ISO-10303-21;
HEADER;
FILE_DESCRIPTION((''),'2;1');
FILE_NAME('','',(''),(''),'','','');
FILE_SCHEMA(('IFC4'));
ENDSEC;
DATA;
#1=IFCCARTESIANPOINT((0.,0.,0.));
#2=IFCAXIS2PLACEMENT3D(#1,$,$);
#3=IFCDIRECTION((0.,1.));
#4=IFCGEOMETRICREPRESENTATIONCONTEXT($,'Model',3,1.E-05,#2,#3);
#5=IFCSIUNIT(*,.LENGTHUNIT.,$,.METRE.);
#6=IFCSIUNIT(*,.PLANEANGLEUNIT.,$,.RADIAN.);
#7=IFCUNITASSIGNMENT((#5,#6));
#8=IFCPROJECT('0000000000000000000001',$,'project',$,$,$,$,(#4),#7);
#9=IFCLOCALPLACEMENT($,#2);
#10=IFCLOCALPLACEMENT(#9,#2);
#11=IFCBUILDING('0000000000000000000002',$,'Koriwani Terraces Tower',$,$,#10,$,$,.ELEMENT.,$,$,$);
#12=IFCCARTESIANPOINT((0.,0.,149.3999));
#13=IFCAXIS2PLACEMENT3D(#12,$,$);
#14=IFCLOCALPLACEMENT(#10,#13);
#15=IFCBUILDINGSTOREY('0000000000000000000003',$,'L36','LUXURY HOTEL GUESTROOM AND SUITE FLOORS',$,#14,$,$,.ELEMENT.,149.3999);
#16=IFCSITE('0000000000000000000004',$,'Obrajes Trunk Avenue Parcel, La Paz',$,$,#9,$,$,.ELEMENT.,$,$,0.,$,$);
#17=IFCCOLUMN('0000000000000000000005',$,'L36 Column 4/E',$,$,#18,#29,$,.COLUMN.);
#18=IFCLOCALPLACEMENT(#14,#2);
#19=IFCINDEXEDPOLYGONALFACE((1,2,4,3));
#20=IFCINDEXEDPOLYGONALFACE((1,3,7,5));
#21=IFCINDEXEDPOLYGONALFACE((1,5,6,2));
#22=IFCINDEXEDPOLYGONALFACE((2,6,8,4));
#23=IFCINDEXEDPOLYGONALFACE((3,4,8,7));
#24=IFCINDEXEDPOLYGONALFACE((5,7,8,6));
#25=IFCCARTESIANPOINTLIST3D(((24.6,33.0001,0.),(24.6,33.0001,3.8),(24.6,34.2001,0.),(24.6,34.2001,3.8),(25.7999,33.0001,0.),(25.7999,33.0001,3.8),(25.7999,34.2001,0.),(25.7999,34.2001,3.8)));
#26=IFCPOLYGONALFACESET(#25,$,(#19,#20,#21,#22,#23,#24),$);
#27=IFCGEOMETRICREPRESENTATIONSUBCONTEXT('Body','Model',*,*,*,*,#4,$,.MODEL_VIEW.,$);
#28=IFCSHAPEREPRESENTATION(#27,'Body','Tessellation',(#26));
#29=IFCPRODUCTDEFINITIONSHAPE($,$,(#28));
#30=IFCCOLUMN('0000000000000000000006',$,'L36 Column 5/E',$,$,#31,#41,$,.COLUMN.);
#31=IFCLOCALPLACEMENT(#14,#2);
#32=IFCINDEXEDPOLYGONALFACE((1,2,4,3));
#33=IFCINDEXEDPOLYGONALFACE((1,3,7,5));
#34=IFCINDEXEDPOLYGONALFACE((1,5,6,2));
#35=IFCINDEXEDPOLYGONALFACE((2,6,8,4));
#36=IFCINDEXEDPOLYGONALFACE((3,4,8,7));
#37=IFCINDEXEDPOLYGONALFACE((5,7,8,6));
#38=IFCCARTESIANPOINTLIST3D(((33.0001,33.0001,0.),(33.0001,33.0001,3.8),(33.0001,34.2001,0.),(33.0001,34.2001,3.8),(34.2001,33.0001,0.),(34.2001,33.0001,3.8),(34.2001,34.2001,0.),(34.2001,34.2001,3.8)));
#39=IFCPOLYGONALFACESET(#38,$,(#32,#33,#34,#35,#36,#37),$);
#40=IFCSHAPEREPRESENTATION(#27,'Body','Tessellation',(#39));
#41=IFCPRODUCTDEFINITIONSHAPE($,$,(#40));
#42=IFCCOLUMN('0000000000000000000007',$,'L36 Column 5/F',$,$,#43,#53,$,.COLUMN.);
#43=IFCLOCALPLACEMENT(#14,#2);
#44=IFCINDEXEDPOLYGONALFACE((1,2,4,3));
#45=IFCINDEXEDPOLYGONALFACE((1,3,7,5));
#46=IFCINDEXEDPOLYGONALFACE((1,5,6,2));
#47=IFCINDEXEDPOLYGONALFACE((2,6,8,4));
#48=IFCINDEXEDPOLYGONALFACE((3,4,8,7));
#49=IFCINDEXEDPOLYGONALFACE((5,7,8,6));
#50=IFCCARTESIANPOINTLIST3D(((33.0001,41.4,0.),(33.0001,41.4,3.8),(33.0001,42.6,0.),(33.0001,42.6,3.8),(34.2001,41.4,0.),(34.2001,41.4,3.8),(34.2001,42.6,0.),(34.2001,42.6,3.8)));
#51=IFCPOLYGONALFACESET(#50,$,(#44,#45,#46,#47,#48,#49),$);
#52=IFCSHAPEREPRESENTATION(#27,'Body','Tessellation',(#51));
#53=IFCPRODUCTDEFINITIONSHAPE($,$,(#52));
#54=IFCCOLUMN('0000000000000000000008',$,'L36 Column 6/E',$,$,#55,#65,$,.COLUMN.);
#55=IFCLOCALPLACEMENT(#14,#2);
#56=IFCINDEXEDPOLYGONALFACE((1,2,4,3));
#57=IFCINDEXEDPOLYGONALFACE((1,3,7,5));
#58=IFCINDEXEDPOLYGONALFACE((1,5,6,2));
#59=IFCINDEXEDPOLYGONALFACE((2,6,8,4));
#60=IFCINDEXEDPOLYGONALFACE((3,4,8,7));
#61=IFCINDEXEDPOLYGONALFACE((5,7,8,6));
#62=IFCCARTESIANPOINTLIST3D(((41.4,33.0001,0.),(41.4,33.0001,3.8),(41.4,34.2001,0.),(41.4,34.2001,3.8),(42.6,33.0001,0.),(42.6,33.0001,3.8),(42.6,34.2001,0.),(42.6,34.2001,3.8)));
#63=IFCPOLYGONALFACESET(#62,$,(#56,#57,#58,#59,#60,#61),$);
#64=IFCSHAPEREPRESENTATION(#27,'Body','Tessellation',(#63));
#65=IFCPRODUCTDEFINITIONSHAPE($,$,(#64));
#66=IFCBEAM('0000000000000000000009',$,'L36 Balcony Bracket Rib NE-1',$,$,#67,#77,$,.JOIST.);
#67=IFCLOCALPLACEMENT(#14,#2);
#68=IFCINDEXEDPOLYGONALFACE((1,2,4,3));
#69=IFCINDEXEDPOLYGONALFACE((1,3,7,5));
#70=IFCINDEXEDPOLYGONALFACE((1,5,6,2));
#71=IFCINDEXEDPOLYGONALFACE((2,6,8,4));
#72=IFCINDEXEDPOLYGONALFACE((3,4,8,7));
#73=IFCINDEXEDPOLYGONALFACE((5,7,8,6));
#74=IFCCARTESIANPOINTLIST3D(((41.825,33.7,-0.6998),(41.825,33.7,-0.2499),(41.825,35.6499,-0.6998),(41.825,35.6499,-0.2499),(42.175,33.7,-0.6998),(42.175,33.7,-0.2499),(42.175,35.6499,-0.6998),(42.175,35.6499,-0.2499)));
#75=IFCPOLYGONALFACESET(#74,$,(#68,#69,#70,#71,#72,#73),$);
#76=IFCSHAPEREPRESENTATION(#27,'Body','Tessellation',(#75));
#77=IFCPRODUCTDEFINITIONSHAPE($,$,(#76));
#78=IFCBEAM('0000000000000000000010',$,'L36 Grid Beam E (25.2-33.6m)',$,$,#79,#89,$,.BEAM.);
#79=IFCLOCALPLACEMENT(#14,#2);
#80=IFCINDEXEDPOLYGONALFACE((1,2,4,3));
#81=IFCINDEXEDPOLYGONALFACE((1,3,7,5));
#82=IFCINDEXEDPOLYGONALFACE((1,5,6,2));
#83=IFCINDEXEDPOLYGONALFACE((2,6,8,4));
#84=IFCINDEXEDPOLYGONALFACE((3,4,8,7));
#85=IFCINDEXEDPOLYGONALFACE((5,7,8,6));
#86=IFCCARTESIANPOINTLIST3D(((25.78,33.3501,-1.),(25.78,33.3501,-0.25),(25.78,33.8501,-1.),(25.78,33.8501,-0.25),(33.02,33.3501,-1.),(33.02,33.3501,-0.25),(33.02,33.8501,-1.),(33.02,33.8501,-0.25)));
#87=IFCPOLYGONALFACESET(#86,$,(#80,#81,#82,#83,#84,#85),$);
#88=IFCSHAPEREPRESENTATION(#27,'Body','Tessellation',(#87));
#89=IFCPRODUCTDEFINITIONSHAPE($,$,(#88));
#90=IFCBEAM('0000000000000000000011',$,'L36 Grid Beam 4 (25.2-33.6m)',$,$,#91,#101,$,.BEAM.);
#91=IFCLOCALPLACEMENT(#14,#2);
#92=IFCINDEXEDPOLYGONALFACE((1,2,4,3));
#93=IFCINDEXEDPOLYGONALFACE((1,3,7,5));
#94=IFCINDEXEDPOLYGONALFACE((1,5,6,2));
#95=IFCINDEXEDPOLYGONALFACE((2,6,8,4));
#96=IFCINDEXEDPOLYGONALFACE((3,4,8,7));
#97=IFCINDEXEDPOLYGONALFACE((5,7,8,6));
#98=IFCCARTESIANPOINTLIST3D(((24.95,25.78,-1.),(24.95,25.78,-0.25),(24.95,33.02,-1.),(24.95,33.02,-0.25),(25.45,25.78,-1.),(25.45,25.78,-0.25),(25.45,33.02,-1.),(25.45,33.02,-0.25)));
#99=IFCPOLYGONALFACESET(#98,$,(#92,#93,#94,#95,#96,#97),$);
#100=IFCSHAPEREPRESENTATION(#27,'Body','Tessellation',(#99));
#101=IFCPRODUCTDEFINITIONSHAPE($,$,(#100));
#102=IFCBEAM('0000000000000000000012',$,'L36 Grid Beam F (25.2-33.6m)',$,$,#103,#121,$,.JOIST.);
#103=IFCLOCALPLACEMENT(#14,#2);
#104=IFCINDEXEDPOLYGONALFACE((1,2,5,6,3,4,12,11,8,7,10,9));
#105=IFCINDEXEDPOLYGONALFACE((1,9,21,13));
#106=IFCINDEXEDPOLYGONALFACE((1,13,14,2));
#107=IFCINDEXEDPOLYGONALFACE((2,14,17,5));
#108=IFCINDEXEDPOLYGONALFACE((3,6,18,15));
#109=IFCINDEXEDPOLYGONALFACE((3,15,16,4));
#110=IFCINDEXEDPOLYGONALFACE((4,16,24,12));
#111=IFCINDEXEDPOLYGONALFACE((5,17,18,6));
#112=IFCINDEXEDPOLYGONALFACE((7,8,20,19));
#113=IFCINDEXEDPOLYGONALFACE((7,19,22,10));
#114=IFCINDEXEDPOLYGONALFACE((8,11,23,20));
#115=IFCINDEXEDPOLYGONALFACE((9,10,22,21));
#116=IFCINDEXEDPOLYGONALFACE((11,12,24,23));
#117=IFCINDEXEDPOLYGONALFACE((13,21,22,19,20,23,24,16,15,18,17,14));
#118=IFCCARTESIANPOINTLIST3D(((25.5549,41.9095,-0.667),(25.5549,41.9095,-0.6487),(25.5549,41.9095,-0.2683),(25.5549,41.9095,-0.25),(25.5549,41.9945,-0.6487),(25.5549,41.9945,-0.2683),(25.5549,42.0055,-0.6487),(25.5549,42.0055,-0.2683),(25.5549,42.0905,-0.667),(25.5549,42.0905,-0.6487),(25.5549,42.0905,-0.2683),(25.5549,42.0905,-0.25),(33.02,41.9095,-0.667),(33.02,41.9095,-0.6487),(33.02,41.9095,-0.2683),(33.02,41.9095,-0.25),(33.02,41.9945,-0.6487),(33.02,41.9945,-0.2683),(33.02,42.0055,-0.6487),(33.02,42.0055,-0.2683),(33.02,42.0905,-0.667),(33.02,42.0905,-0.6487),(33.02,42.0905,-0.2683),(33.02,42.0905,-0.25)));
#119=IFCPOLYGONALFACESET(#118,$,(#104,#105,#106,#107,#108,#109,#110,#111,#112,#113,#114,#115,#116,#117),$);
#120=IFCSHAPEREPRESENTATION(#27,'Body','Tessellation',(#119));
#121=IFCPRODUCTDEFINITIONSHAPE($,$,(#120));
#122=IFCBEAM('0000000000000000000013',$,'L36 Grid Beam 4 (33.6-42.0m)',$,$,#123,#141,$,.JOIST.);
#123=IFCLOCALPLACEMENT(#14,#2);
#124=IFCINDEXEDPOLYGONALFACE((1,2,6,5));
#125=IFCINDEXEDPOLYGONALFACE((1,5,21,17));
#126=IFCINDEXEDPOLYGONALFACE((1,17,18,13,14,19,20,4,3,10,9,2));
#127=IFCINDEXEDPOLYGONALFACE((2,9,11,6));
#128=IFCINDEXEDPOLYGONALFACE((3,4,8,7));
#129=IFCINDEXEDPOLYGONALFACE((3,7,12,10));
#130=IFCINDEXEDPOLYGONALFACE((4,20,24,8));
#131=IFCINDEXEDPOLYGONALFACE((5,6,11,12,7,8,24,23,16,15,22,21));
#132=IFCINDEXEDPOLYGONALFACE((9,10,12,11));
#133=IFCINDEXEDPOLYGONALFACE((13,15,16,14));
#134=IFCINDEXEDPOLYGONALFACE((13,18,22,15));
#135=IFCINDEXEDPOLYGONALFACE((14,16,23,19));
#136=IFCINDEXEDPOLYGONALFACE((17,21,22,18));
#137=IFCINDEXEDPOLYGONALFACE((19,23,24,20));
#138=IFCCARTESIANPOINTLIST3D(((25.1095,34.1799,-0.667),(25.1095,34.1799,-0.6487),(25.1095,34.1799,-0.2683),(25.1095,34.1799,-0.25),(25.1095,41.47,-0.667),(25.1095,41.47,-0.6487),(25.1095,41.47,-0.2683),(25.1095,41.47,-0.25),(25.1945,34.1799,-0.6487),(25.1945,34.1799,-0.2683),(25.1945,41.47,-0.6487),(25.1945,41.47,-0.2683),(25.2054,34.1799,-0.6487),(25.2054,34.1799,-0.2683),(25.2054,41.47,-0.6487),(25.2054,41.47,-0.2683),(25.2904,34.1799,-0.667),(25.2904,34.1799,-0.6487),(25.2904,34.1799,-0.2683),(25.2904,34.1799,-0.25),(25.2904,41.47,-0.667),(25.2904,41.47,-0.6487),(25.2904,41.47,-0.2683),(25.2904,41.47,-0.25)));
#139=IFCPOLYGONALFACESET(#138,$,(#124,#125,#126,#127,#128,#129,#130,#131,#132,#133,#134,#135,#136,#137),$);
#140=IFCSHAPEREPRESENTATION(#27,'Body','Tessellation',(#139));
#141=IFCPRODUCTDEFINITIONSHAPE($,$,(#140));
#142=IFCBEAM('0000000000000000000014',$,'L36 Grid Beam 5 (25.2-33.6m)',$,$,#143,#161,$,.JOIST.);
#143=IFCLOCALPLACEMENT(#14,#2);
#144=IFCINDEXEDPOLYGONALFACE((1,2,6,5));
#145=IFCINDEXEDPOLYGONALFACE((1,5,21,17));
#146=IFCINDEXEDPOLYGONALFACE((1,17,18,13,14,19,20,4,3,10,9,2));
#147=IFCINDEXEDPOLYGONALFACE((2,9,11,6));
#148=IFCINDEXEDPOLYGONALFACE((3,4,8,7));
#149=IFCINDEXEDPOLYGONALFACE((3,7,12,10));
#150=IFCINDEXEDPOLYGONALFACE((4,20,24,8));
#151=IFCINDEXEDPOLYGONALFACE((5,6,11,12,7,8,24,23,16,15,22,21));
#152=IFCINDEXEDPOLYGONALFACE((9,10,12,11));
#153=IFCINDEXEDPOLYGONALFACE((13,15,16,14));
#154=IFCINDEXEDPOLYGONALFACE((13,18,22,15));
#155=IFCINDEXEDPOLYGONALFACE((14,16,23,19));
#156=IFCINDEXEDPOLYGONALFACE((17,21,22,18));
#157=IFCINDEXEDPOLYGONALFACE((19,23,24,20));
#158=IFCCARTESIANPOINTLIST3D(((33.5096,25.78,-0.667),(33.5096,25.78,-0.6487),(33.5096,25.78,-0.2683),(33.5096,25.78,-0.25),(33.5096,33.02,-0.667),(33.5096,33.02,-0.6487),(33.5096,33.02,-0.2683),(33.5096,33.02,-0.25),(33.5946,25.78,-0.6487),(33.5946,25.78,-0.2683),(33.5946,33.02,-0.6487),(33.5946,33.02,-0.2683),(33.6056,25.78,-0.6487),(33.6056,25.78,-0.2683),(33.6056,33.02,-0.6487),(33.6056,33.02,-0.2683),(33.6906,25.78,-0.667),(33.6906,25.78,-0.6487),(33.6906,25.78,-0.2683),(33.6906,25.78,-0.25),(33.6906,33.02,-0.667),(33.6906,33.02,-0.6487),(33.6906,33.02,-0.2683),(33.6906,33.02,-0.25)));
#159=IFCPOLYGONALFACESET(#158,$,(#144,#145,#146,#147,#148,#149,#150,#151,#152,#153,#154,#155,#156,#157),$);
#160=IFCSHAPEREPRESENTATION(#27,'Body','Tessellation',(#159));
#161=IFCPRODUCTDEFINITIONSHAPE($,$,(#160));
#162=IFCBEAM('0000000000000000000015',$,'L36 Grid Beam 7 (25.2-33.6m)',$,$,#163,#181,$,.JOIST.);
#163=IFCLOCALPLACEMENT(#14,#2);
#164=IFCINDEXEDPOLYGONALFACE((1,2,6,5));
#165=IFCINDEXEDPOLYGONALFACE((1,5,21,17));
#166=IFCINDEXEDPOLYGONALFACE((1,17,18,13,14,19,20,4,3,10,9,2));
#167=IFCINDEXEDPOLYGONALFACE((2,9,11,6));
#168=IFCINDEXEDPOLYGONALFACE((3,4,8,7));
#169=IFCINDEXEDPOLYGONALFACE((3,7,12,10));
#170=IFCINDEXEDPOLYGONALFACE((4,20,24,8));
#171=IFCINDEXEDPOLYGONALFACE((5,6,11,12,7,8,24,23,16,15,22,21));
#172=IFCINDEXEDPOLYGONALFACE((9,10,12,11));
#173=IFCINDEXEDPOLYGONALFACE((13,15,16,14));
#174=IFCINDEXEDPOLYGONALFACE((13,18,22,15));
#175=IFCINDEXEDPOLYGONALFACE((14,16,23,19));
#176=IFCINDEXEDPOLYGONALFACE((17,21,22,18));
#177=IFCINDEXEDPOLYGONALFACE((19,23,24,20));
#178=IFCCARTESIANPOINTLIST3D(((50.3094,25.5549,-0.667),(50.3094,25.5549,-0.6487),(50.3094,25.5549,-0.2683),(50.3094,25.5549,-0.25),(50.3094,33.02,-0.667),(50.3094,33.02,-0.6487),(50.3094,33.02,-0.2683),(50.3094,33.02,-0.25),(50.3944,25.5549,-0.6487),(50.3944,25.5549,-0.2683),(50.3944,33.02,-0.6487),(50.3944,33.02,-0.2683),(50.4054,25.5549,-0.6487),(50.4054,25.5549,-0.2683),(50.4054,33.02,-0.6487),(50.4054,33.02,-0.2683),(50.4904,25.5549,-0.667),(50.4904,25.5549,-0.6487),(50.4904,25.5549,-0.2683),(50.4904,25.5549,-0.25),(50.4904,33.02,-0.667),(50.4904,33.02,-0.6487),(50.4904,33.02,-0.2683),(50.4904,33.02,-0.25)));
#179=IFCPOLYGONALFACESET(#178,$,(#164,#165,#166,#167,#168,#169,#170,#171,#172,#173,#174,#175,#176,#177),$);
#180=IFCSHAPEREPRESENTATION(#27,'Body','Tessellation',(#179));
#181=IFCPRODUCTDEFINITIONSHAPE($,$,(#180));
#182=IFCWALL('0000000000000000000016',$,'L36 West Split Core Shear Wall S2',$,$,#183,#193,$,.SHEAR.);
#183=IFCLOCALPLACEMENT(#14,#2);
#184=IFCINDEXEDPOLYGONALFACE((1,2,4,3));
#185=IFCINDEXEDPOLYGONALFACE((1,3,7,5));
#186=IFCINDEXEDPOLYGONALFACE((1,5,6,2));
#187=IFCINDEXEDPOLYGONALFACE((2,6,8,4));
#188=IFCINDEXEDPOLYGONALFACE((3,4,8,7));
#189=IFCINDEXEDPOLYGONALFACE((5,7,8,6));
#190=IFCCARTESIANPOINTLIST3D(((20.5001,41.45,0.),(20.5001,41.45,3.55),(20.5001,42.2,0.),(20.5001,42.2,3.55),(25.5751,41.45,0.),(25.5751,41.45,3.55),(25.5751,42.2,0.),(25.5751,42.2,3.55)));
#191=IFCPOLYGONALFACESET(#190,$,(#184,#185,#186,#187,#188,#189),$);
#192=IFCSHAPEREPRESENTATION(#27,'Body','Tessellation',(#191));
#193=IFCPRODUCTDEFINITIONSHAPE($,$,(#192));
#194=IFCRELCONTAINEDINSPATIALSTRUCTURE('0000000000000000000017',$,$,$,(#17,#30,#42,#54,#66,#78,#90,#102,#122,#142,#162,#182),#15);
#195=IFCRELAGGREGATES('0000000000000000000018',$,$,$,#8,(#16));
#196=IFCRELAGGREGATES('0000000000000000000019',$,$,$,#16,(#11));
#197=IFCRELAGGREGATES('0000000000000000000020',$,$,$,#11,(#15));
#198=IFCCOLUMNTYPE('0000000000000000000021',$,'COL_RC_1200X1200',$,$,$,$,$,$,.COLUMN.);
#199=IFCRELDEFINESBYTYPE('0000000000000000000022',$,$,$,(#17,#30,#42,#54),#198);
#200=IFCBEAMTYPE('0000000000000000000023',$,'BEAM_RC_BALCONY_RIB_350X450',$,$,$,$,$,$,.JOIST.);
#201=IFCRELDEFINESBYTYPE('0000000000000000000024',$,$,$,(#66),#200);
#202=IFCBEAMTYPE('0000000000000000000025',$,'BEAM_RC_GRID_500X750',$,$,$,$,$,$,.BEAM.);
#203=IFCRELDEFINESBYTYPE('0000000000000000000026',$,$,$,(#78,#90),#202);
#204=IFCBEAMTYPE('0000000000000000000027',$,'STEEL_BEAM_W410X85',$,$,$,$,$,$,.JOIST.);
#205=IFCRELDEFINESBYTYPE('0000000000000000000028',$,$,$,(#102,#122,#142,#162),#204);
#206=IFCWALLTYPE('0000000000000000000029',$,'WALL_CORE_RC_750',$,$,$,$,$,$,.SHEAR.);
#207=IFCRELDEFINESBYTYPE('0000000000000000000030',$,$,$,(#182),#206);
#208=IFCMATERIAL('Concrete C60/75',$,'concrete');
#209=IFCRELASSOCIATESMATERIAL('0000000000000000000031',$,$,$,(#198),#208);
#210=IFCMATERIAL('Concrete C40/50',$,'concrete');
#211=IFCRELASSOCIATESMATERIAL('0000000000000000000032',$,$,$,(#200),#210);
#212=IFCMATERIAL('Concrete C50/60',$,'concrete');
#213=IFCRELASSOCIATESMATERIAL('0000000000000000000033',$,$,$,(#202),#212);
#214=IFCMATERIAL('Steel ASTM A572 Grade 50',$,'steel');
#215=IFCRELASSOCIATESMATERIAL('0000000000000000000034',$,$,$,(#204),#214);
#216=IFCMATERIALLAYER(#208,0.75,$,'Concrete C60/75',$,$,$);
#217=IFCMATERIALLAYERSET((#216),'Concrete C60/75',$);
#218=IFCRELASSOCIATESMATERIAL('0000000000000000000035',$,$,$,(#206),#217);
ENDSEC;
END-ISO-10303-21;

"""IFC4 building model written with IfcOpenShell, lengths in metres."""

from ifc_helpers import new_model, si_unit, direction, frame, frame_2d, origin, origin_2d, place, context, subcontext, project, spatial, rectangle, i_section, extrude, material, layer, layer_set, material_profile, profile_set, type_object, element, save


model = new_model("IFC4")

# Units and contexts
model_context = context("Model", 3, precision=1e-05, world=origin(), true_north=direction((0.0, 1.0)))
body_context = subcontext(model_context, "Body", "Model", "MODEL_VIEW")
ifc_project = project(units=[si_unit("LENGTHUNIT", "METRE"), si_unit("PLANEANGLEUNIT", "RADIAN")], contexts=[model_context])

# Site, building, storey
site_placement = place(None, origin())
site = spatial("IfcSite", under=ifc_project, at=site_placement, Name="Obrajes Trunk Avenue Parcel, La Paz", CompositionType="ELEMENT", RefElevation=0.0)
building_placement = place(site_placement, origin())
building = spatial("IfcBuilding", under=site, at=building_placement, Name="Koriwani Terraces Tower", CompositionType="ELEMENT")
storey_placement = place(building_placement, frame((0.0, 0.0, 149.3999)))
storey = spatial("IfcBuildingStorey", under=building, at=storey_placement, Name="L36", Description="LUXURY HOTEL GUESTROOM AND SUITE FLOORS", CompositionType="ELEMENT", Elevation=149.3999)

# Columns
ifc_material_1 = material(Name="Concrete C60/75", Category="concrete")
ifc_material_profile_1 = material_profile(ifc_material_1, rectangle(XDim=1.2, YDim=1.2, at=origin_2d()), Name="Concrete C60/75", Category="LoadBearing")
ifc_profile_set_1 = profile_set([ifc_material_profile_1], Name="Concrete C60/75")
column_type = type_object("IfcColumnType", Name="COL_RC_1200X1200", PredefinedType="COLUMN", material=ifc_profile_set_1)
for number, where, z_axis, x_axis, name in (
    (1, (25.2, 33.6001, 0.0), (0.0, 0.0, 1.0), (1.0, 0.0, 0.0), "L36 Column 4/E"),
    (2, (33.6001, 33.6001, 0.0), (0.0, 0.0, 1.0), (1.0, 0.0, 0.0), "L36 Column 5/E"),
    (3, (33.6001, 42.0, 0.0), (0.0, 0.0, 1.0), (1.0, 0.0, 0.0), "L36 Column 5/F"),
    (4, (42.0, 33.6001, 0.0), (0.0, 0.0, 1.0), (1.0, 0.0, 0.0), "L36 Column 6/E"),
):
    element("IfcColumn", number, at=place(storey_placement, frame(where, z_axis=z_axis, x_axis=x_axis)), inside=storey, type_object=column_type, Name=name, PredefinedType="COLUMN", context=body_context, shape_type="SweptSolid", body=[
        extrude(rectangle(XDim=1.2, YDim=1.2, at=origin_2d()), origin(), (0.0, 0.0, 1.0), 3.8),
    ])

# Beams
ifc_material_2 = material(Name="Concrete C40/50", Category="concrete")
ifc_material_profile_2 = material_profile(ifc_material_2, rectangle(XDim=0.3501, YDim=0.45, at=origin_2d()), Name="Concrete C40/50", Category="LoadBearing")
ifc_profile_set_2 = profile_set([ifc_material_profile_2], Name="Concrete C40/50")
beam_type_1 = type_object("IfcBeamType", Name="BEAM_RC_BALCONY_RIB_350X450", PredefinedType="JOIST", material=ifc_profile_set_2)
beam_1_placement = place(storey_placement, frame((42.0, 33.7, -0.4749), z_axis=(0.0, 1.0, 0.0), x_axis=(-1.0, 0.0, 0.0)))
element("IfcBeam", 5, at=beam_1_placement, inside=storey, type_object=beam_type_1, Name="L36 Balcony Bracket Rib NE-1", PredefinedType="JOIST", context=body_context, shape_type="SweptSolid", body=[
    extrude(rectangle(XDim=0.3501, YDim=0.45, at=origin_2d()), origin(), (0.0, 0.0, 1.0), 1.95),
])
ifc_material_3 = material(Name="Concrete C50/60", Category="concrete")
ifc_material_profile_3 = material_profile(ifc_material_3, rectangle(XDim=0.5, YDim=0.75, at=origin_2d()), Name="Concrete C50/60", Category="LoadBearing")
ifc_profile_set_3 = profile_set([ifc_material_profile_3], Name="Concrete C50/60")
beam_type_2 = type_object("IfcBeamType", Name="BEAM_RC_GRID_500X750", PredefinedType="BEAM", material=ifc_profile_set_3)
for number, where, z_axis, x_axis, name in (
    (6, (25.78, 33.6001, -0.625), (1.0, 0.0, 0.0), (0.0, 1.0, 0.0), "L36 Grid Beam E (25.2-33.6m)"),
    (7, (25.2, 25.78, -0.625), (0.0, 1.0, 0.0), (-1.0, 0.0, 0.0), "L36 Grid Beam 4 (25.2-33.6m)"),
):
    element("IfcBeam", number, at=place(storey_placement, frame(where, z_axis=z_axis, x_axis=x_axis)), inside=storey, type_object=beam_type_2, Name=name, PredefinedType="BEAM", context=body_context, shape_type="SweptSolid", body=[
        extrude(rectangle(XDim=0.5, YDim=0.75, at=origin_2d()), origin(), (0.0, 0.0, 1.0), 7.24),
    ])
ifc_material_4 = material(Name="Steel ASTM A572 Grade 50", Category="steel")
ifc_material_profile_4 = material_profile(ifc_material_4, i_section(OverallWidth=0.1809, OverallDepth=0.417, WebThickness=0.011, FlangeThickness=0.0183, at=origin_2d()), Name="Steel ASTM A572 Grade 50", Category="LoadBearing")
ifc_profile_set_4 = profile_set([ifc_material_profile_4], Name="Steel ASTM A572 Grade 50")
beam_type_3 = type_object("IfcBeamType", Name="STEEL_BEAM_W410X85", PredefinedType="JOIST", material=ifc_profile_set_4)
beam_2_placement = place(storey_placement, frame((25.5549, 42.0, -0.4585), z_axis=(1.0, 0.0, 0.0), x_axis=(0.0, 1.0, 0.0)))
element("IfcBeam", 8, at=beam_2_placement, inside=storey, type_object=beam_type_3, Name="L36 Grid Beam F (25.2-33.6m)", PredefinedType="JOIST", context=body_context, shape_type="SweptSolid", body=[
    extrude(i_section(OverallWidth=0.1809, OverallDepth=0.417, WebThickness=0.011, FlangeThickness=0.0183, at=origin_2d()), origin(), (0.0, 0.0, 1.0), 7.4651),
])
beam_3_placement = place(storey_placement, frame((25.2, 34.1799, -0.4585), z_axis=(0.0, 1.0, 0.0), x_axis=(-1.0, 0.0, 0.0)))
element("IfcBeam", 9, at=beam_3_placement, inside=storey, type_object=beam_type_3, Name="L36 Grid Beam 4 (33.6-42.0m)", PredefinedType="JOIST", context=body_context, shape_type="SweptSolid", body=[
    extrude(i_section(OverallWidth=0.1809, OverallDepth=0.417, WebThickness=0.011, FlangeThickness=0.0183, at=origin_2d()), origin(), (0.0, 0.0, 1.0), 7.29),
])
beam_4_placement = place(storey_placement, frame((33.6001, 25.78, -0.4585), z_axis=(0.0, 1.0, 0.0), x_axis=(-1.0, 0.0, 0.0)))
element("IfcBeam", 10, at=beam_4_placement, inside=storey, type_object=beam_type_3, Name="L36 Grid Beam 5 (25.2-33.6m)", PredefinedType="JOIST", context=body_context, shape_type="SweptSolid", body=[
    extrude(i_section(OverallWidth=0.1809, OverallDepth=0.417, WebThickness=0.011, FlangeThickness=0.0183, at=origin_2d()), origin(), (0.0, 0.0, 1.0), 7.24),
])
beam_5_placement = place(storey_placement, frame((50.3999, 25.5549, -0.4585), z_axis=(0.0, 1.0, 0.0), x_axis=(-1.0, 0.0, 0.0)))
element("IfcBeam", 11, at=beam_5_placement, inside=storey, type_object=beam_type_3, Name="L36 Grid Beam 7 (25.2-33.6m)", PredefinedType="JOIST", context=body_context, shape_type="SweptSolid", body=[
    extrude(i_section(OverallWidth=0.1809, OverallDepth=0.417, WebThickness=0.011, FlangeThickness=0.0183, at=origin_2d()), origin(), (0.0, 0.0, 1.0), 7.4651),
])

# Wall
ifc_layer_1 = layer(ifc_material_1, 0.75, Name="Concrete C60/75")
ifc_layer_set_1 = layer_set([ifc_layer_1], Name="Concrete C60/75")
wall_type_1 = type_object("IfcWallType", Name="WALL_CORE_RC_750", PredefinedType="SHEAR", material=ifc_layer_set_1)
wall_1_placement = place(storey_placement, frame((20.5, 41.825, 0.0), z_axis=(0.0, 0.0, 1.0), x_axis=(1.0, 0.0, 0.0)))
element("IfcWall", 12, at=wall_1_placement, inside=storey, type_object=wall_type_1, Name="L36 West Split Core Shear Wall S2", PredefinedType="SHEAR", context=body_context, shape_type="SweptSolid", body=[
    extrude(rectangle(XDim=5.075, YDim=0.75, at=frame_2d((2.5376, 0.0))), origin(), (0.0, 0.0, 1.0), 3.55),
])

save(model, "model.ifc")
